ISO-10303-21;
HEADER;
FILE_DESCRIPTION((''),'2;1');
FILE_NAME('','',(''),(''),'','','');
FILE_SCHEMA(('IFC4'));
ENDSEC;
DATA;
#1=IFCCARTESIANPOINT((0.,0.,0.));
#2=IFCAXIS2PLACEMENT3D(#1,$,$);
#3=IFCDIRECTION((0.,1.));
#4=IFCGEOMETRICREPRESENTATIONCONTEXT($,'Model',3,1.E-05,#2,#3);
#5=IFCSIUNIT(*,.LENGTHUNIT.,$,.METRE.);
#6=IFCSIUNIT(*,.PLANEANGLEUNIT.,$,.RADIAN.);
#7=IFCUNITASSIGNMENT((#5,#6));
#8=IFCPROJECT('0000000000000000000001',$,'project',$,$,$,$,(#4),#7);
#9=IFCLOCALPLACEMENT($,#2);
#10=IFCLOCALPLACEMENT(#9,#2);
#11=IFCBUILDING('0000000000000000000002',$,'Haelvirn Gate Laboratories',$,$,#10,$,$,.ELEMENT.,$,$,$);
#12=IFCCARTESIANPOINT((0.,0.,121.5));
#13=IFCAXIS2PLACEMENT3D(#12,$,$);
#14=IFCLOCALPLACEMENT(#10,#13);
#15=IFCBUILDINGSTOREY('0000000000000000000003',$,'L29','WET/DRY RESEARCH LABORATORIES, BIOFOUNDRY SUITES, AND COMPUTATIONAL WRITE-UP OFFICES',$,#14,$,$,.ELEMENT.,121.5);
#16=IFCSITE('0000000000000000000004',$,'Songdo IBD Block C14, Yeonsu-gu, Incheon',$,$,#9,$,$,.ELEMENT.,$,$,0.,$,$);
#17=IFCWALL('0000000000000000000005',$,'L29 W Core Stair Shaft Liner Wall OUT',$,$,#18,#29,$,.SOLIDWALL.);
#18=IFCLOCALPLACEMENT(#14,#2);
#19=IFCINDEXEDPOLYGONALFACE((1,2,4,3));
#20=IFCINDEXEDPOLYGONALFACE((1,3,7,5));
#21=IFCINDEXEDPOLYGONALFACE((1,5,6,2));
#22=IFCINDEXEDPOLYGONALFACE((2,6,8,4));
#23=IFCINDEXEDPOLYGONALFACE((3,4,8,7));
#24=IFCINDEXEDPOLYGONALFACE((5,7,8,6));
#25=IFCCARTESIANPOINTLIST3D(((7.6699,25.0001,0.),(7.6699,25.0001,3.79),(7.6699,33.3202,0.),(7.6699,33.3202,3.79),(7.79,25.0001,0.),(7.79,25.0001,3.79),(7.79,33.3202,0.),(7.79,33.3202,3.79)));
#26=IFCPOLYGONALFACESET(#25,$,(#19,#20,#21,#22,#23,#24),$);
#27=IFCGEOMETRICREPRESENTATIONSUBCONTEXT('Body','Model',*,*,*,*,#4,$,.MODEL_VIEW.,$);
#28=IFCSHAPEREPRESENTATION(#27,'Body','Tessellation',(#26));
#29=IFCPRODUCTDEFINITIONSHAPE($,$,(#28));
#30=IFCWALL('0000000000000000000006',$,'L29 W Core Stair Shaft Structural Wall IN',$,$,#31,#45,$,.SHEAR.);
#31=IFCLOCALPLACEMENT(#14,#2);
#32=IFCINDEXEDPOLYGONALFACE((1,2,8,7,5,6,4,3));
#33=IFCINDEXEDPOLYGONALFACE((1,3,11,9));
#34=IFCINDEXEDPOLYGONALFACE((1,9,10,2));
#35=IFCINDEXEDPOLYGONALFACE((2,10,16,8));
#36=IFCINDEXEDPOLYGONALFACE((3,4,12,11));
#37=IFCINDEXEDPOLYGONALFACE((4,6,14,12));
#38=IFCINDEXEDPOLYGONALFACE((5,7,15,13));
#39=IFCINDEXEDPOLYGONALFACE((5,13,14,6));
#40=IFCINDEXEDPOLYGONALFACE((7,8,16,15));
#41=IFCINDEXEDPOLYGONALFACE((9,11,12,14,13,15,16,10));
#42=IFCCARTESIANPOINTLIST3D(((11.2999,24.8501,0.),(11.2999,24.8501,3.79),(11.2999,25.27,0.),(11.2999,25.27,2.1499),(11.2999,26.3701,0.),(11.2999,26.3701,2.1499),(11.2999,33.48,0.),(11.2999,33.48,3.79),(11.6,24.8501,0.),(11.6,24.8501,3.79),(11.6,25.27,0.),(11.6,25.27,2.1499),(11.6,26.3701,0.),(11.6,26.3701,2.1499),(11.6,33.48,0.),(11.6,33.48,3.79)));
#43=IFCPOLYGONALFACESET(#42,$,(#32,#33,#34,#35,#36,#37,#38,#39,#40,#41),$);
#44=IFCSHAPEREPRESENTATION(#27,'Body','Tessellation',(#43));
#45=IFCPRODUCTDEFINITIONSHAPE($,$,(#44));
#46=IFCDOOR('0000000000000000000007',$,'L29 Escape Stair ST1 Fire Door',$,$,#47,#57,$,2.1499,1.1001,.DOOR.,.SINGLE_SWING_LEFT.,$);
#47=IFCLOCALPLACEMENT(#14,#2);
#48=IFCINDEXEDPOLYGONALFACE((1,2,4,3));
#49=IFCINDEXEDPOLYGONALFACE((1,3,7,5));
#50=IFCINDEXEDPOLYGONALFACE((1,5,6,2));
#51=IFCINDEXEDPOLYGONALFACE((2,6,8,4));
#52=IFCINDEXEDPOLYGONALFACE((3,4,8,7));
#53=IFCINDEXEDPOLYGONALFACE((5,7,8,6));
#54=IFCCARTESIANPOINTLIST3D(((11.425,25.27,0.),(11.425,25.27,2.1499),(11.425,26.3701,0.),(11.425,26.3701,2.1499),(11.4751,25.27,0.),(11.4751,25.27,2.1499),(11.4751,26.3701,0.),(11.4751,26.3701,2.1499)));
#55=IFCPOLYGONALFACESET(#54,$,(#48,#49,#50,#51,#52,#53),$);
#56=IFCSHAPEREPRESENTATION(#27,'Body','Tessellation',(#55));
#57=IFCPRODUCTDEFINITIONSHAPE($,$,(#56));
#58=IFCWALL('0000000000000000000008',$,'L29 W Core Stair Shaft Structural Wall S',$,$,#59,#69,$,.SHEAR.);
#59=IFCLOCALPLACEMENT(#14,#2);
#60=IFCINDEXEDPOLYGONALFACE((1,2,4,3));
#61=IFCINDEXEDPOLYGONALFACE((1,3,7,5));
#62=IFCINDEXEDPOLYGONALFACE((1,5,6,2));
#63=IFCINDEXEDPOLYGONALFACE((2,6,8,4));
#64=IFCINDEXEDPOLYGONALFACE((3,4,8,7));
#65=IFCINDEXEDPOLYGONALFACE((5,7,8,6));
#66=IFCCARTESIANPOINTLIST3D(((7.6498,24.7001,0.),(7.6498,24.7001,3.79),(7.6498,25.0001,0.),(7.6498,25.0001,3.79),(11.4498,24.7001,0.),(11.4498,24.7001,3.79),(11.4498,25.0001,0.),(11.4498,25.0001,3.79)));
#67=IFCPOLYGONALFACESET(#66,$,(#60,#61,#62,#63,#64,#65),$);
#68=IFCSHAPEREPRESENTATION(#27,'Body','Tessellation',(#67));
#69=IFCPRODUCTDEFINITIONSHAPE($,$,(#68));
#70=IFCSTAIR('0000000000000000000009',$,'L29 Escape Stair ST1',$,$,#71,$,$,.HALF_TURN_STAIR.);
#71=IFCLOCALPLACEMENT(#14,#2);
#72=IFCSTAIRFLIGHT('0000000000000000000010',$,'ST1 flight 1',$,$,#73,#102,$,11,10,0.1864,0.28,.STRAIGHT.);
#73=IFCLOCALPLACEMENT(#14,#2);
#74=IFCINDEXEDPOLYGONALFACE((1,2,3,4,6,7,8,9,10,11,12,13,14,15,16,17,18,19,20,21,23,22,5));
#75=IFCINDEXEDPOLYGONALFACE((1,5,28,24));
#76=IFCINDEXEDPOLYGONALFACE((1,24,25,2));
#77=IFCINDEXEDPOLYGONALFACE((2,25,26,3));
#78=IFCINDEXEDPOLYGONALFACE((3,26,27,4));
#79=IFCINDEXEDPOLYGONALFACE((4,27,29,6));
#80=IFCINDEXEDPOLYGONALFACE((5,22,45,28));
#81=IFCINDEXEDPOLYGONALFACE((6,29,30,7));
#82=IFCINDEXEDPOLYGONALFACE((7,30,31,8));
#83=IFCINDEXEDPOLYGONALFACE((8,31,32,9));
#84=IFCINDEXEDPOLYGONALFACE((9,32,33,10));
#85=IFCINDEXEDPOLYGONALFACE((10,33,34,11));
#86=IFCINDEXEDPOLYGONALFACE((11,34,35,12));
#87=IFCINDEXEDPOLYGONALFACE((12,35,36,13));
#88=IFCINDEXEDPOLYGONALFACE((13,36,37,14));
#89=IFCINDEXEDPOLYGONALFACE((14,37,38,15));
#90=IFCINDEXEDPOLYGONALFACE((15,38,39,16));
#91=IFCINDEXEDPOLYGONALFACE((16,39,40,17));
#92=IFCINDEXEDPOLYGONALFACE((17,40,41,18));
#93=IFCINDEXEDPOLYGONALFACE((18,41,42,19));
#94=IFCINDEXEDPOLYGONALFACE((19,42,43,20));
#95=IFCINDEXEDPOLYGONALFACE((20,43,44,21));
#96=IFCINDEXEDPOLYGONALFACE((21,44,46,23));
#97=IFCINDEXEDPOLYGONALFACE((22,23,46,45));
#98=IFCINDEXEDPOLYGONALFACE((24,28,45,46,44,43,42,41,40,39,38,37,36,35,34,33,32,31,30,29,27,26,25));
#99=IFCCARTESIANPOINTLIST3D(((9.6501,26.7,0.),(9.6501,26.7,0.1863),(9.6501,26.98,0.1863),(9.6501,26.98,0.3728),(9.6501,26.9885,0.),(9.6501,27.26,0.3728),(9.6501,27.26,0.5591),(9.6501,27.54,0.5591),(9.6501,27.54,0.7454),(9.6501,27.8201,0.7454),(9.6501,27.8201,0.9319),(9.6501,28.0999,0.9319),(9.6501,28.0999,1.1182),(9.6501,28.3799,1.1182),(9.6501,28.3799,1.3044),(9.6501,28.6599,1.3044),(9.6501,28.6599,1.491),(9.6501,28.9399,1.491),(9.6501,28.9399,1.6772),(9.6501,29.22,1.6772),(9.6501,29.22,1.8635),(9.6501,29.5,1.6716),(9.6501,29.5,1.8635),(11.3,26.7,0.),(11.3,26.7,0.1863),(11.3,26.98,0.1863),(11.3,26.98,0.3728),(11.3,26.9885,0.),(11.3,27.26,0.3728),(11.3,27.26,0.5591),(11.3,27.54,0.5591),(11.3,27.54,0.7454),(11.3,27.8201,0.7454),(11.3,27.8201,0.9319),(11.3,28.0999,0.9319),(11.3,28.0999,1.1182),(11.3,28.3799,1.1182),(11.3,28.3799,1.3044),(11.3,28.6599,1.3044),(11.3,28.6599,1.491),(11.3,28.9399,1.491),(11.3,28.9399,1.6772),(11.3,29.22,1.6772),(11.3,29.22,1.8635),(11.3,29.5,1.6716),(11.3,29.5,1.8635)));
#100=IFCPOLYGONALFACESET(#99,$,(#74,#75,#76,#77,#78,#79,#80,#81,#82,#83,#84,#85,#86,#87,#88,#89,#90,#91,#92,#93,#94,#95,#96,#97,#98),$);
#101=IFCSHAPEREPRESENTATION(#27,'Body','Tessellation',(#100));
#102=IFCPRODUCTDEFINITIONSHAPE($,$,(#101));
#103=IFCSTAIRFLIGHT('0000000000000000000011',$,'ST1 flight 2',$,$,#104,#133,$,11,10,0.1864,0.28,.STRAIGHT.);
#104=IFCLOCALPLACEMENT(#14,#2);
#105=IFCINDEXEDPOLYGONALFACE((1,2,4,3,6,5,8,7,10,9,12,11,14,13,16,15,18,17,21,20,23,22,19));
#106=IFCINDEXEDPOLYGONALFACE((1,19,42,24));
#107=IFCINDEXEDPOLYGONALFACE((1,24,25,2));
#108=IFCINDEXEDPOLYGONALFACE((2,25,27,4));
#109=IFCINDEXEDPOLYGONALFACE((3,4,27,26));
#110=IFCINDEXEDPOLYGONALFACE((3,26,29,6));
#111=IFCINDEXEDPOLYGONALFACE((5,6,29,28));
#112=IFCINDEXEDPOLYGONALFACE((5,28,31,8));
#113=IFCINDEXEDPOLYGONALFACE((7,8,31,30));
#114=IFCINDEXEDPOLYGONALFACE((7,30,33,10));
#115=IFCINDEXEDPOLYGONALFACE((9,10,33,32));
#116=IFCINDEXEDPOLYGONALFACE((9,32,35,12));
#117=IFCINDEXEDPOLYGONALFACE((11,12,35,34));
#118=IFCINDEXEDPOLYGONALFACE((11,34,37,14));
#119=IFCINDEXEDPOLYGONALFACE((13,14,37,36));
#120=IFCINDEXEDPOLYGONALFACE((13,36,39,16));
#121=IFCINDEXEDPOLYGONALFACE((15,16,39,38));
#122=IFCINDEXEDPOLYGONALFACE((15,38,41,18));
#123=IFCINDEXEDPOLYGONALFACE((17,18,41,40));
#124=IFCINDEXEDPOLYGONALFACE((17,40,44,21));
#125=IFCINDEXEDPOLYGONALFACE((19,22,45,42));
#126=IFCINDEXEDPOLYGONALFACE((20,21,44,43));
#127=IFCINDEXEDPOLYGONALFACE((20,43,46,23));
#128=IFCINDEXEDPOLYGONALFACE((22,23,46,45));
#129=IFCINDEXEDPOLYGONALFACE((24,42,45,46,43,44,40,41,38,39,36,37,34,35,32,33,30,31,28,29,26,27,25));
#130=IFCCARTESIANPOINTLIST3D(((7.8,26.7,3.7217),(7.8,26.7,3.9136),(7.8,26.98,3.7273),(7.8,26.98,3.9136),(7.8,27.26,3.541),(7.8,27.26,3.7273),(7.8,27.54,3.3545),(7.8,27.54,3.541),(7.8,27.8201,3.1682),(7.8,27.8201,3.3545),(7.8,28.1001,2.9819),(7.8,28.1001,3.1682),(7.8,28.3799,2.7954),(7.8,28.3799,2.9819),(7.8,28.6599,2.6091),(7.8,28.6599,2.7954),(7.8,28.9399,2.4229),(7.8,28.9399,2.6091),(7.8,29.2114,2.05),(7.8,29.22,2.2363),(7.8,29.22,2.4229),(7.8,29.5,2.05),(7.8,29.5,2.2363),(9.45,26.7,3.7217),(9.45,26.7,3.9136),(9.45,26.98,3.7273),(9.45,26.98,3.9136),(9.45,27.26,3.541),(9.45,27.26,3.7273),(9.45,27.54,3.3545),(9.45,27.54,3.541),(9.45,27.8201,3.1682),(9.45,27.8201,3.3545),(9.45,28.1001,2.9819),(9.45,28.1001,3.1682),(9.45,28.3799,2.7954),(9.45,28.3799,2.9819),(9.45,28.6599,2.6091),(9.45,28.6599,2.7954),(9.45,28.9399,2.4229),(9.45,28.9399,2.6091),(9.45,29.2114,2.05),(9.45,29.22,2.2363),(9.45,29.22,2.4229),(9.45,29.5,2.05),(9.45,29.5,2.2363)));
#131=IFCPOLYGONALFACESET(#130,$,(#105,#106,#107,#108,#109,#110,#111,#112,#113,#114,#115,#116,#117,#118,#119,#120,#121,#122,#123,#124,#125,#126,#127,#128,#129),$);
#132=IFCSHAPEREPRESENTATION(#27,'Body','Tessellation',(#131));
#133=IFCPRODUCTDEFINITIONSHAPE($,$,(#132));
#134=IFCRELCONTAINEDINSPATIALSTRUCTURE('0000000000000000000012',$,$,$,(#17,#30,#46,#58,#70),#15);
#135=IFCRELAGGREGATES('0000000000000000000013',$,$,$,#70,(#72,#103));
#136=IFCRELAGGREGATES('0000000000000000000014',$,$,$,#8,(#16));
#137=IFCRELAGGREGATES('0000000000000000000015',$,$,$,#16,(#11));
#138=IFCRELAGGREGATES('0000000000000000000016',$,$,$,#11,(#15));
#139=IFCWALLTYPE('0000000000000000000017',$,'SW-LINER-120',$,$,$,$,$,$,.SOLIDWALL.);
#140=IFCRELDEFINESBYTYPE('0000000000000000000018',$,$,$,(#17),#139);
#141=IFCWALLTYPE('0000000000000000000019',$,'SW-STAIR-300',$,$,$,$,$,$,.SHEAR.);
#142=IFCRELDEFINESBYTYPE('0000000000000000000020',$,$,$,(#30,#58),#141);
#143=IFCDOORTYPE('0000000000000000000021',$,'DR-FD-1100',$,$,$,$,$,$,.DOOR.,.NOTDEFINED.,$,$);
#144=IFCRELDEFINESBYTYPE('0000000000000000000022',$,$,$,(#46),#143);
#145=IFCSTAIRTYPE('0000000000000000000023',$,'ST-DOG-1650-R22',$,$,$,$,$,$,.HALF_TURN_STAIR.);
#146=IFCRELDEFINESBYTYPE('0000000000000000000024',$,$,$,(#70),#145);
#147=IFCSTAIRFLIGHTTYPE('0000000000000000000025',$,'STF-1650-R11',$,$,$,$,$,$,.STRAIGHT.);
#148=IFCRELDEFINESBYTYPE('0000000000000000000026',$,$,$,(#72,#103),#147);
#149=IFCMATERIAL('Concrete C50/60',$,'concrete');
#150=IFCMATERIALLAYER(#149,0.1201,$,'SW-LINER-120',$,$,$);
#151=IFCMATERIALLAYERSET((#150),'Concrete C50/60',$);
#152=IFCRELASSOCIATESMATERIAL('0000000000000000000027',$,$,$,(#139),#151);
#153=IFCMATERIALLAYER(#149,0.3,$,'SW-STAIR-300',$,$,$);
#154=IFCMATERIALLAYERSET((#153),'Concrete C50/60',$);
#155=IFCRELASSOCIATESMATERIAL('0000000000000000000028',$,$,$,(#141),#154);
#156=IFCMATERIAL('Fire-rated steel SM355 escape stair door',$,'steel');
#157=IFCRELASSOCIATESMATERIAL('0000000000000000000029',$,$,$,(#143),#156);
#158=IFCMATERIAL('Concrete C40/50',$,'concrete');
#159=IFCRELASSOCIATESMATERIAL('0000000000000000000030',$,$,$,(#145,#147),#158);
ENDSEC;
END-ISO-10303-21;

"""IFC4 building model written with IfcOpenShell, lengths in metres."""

from ifc_helpers import new_model, si_unit, direction, frame, frame_2d, origin, place, context, subcontext, project, spatial, polyline, rectangle, outline, extrude, source, transform, mapped, material, layer, layer_set, type_object, type_shapes, element, fill, aggregate, save


model = new_model("IFC4")

# Units and contexts
model_context = context("Model", 3, precision=1e-05, world=origin(), true_north=direction((0.0, 1.0)))
body_context = subcontext(model_context, "Body", "Model", "MODEL_VIEW")
ifc_project = project(units=[si_unit("LENGTHUNIT", "METRE"), si_unit("PLANEANGLEUNIT", "RADIAN")], contexts=[model_context])

# Site, building, storey
site_placement = place(None, origin())
site = spatial("IfcSite", under=ifc_project, at=site_placement, Name="Songdo IBD Block C14, Yeonsu-gu, Incheon", CompositionType="ELEMENT", RefElevation=0.0)
building_placement = place(site_placement, origin())
building = spatial("IfcBuilding", under=site, at=building_placement, Name="Haelvirn Gate Laboratories", CompositionType="ELEMENT")
storey_placement = place(building_placement, frame((0.0, 0.0, 121.5)))
storey = spatial("IfcBuildingStorey", under=building, at=storey_placement, Name="L29", Description="WET/DRY RESEARCH LABORATORIES, BIOFOUNDRY SUITES, AND COMPUTATIONAL WRITE-UP OFFICES", CompositionType="ELEMENT", Elevation=121.5)

# Shared definitions
ifc_material_1 = material(Name="Concrete C40/50", Category="concrete")

# Wall
ifc_material_2 = material(Name="Concrete C50/60", Category="concrete")
ifc_layer_1 = layer(ifc_material_2, 0.1201, Name="SW-LINER-120")
ifc_layer_set_1 = layer_set([ifc_layer_1], Name="Concrete C50/60")
wall_type_1 = type_object("IfcWallType", Name="SW-LINER-120", PredefinedType="SOLIDWALL", material=ifc_layer_set_1)
wall_1_placement = place(storey_placement, frame((7.73, 25.0, 0.0), z_axis=(0.0, 0.0, 1.0), x_axis=(0.0, 1.0, 0.0)))
element("IfcWall", 1, at=wall_1_placement, inside=storey, type_object=wall_type_1, Name="L29 W Core Stair Shaft Liner Wall OUT", PredefinedType="SOLIDWALL", context=body_context, shape_type="SweptSolid", body=[
    extrude(rectangle(XDim=8.3201, YDim=0.1201, at=frame_2d((4.1602, 0.0))), origin(), (0.0, 0.0, 1.0), 3.79),
])

# Wall, opening, door
ifc_layer_2 = layer(ifc_material_2, 0.3, Name="SW-STAIR-300")
ifc_layer_set_2 = layer_set([ifc_layer_2], Name="Concrete C50/60")
wall_type_2 = type_object("IfcWallType", Name="SW-STAIR-300", PredefinedType="SHEAR", material=ifc_layer_set_2)
wall_2_placement = place(storey_placement, frame((11.45, 24.8501, 0.0), z_axis=(0.0, 0.0, 1.0), x_axis=(0.0, 1.0, 0.0)))
wall_2 = element("IfcWall", 2, at=wall_2_placement, inside=storey, type_object=wall_type_2, Name="L29 W Core Stair Shaft Structural Wall IN", PredefinedType="SHEAR", context=body_context, shape_type="SweptSolid", body=[
    extrude(rectangle(XDim=8.6299, YDim=0.3, at=frame_2d((4.3149, 0.0))), origin(), (0.0, 0.0, 1.0), 3.79),
])
opening_1_placement = place(wall_2_placement, frame((0.4199, 0.0, 0.0)))
opening_1 = element("IfcOpeningElement", 3, at=opening_1_placement, cuts=wall_2, PredefinedType="OPENING", context=body_context, shape_type="SweptSolid", body=[
    extrude(rectangle(XDim=1.1001, YDim=2.1499, at=frame_2d((0.55, 1.075))), frame((0.0, 0.1602, 0.0), z_axis=(0.0, -1.0, 0.0), x_axis=(1.0, 0.0, 0.0)), (0.0, 0.0, 1.0), 0.3201),
])
ifc_material_3 = material(Name="Fire-rated steel SM355 escape stair door", Category="steel")
door_type_1 = type_object("IfcDoorType", Name="DR-FD-1100", OperationType="NOTDEFINED", PredefinedType="DOOR", material=ifc_material_3)
shared_shape_1 = source(origin(), body_context, "Body", "SweptSolid", [
    extrude(rectangle(XDim=1.1001, YDim=2.1499, at=frame_2d((0.55, 1.075))), frame((0.0, 0.0249, 0.0), z_axis=(0.0, -1.0, 0.0), x_axis=(1.0, 0.0, 0.0)), (0.0, 0.0, 1.0), 0.05),
])
type_shapes(door_type_1, [shared_shape_1])
door_1_placement = place(opening_1_placement, origin())
door_1 = element("IfcDoor", 4, at=door_1_placement, inside=storey, type_object=door_type_1, Name="L29 Escape Stair ST1 Fire Door", OperationType="SINGLE_SWING_LEFT", OverallHeight=2.1499, OverallWidth=1.1001, PredefinedType="DOOR", context=body_context, shape_type="MappedRepresentation", body=[
    mapped(shared_shape_1, transform((0.0, 0.0, 0.0), scale=1.0)),
])
fill(opening_1, door_1)

# Wall
wall_3_placement = place(storey_placement, frame((7.6499, 24.8501, 0.0), z_axis=(0.0, 0.0, 1.0), x_axis=(1.0, 0.0, 0.0)))
element("IfcWall", 5, at=wall_3_placement, inside=storey, type_object=wall_type_2, Name="L29 W Core Stair Shaft Structural Wall S", PredefinedType="SHEAR", context=body_context, shape_type="SweptSolid", body=[
    extrude(rectangle(XDim=3.8, YDim=0.3, at=frame_2d((1.8999, 0.0))), origin(), (0.0, 0.0, 1.0), 3.79),
])

# Stair, stair flights
stair_type = type_object("IfcStairType", Name="ST-DOG-1650-R22", PredefinedType="HALF_TURN_STAIR", material=ifc_material_1)
stair_placement = place(storey_placement, origin())
stair = element("IfcStair", 6, at=stair_placement, inside=storey, type_object=stair_type, Name="L29 Escape Stair ST1", PredefinedType="HALF_TURN_STAIR")
stair_flight_type = type_object("IfcStairFlightType", Name="STF-1650-R11", PredefinedType="STRAIGHT", material=ifc_material_1)
shared_shape_2 = source(origin(), body_context, "Body", "SweptSolid", [
    extrude(outline(polyline([(0.0, 0.0), (0.0, 0.1863), (0.28, 0.1863), (0.28, 0.3728), (0.5601, 0.3728), (0.5601, 0.5591), (0.8401, 0.5591), (0.8401, 0.7454), (1.1201, 0.7454), (1.1201, 0.9319), (1.3999, 0.9319), (1.3999, 1.1182), (1.6799, 1.1182), (1.6799, 1.3044), (1.96, 1.3044), (1.96, 1.491), (2.24, 1.491), (2.24, 1.6772), (2.52, 1.6772), (2.52, 1.8635), (2.8, 1.8635), (2.8, 2.05), (2.8, 1.6716), (0.2886, 0.0), (0.0, 0.0)])), frame((0.0, 0.825, 0.0), z_axis=(0.0, -1.0, 0.0), x_axis=(1.0, 0.0, 0.0)), (0.0, 0.0, 1.0), 1.6499),
])
type_shapes(stair_flight_type, [shared_shape_2])
stair_flight_1_placement = place(storey_placement, frame((10.4751, 26.7, 0.0), z_axis=(0.0, 0.0, 1.0), x_axis=(0.0, 1.0, 0.0)))
stair_flight_1 = element("IfcStairFlight", 7, at=stair_flight_1_placement, type_object=stair_flight_type, Name="ST1 flight 1", NumberOfRisers=11, NumberOfTreads=10, PredefinedType="STRAIGHT", RiserHeight=0.1864, TreadLength=0.28, context=body_context, shape_type="MappedRepresentation", body=[
    mapped(shared_shape_2, transform((0.0, 0.0, 0.0), scale=1.0)),
])
stair_flight_2_placement = place(storey_placement, frame((8.625, 29.5, 2.05), z_axis=(0.0, 0.0, 1.0), x_axis=(0.0, -1.0, 0.0)))
stair_flight_2 = element("IfcStairFlight", 8, at=stair_flight_2_placement, type_object=stair_flight_type, Name="ST1 flight 2", NumberOfRisers=11, NumberOfTreads=10, PredefinedType="STRAIGHT", RiserHeight=0.1864, TreadLength=0.28, context=body_context, shape_type="MappedRepresentation", body=[
    mapped(shared_shape_2, transform((0.0, 0.0, 0.0), scale=1.0)),
])
aggregate(stair, [stair_flight_1, stair_flight_2])

save(model, "model.ifc")
